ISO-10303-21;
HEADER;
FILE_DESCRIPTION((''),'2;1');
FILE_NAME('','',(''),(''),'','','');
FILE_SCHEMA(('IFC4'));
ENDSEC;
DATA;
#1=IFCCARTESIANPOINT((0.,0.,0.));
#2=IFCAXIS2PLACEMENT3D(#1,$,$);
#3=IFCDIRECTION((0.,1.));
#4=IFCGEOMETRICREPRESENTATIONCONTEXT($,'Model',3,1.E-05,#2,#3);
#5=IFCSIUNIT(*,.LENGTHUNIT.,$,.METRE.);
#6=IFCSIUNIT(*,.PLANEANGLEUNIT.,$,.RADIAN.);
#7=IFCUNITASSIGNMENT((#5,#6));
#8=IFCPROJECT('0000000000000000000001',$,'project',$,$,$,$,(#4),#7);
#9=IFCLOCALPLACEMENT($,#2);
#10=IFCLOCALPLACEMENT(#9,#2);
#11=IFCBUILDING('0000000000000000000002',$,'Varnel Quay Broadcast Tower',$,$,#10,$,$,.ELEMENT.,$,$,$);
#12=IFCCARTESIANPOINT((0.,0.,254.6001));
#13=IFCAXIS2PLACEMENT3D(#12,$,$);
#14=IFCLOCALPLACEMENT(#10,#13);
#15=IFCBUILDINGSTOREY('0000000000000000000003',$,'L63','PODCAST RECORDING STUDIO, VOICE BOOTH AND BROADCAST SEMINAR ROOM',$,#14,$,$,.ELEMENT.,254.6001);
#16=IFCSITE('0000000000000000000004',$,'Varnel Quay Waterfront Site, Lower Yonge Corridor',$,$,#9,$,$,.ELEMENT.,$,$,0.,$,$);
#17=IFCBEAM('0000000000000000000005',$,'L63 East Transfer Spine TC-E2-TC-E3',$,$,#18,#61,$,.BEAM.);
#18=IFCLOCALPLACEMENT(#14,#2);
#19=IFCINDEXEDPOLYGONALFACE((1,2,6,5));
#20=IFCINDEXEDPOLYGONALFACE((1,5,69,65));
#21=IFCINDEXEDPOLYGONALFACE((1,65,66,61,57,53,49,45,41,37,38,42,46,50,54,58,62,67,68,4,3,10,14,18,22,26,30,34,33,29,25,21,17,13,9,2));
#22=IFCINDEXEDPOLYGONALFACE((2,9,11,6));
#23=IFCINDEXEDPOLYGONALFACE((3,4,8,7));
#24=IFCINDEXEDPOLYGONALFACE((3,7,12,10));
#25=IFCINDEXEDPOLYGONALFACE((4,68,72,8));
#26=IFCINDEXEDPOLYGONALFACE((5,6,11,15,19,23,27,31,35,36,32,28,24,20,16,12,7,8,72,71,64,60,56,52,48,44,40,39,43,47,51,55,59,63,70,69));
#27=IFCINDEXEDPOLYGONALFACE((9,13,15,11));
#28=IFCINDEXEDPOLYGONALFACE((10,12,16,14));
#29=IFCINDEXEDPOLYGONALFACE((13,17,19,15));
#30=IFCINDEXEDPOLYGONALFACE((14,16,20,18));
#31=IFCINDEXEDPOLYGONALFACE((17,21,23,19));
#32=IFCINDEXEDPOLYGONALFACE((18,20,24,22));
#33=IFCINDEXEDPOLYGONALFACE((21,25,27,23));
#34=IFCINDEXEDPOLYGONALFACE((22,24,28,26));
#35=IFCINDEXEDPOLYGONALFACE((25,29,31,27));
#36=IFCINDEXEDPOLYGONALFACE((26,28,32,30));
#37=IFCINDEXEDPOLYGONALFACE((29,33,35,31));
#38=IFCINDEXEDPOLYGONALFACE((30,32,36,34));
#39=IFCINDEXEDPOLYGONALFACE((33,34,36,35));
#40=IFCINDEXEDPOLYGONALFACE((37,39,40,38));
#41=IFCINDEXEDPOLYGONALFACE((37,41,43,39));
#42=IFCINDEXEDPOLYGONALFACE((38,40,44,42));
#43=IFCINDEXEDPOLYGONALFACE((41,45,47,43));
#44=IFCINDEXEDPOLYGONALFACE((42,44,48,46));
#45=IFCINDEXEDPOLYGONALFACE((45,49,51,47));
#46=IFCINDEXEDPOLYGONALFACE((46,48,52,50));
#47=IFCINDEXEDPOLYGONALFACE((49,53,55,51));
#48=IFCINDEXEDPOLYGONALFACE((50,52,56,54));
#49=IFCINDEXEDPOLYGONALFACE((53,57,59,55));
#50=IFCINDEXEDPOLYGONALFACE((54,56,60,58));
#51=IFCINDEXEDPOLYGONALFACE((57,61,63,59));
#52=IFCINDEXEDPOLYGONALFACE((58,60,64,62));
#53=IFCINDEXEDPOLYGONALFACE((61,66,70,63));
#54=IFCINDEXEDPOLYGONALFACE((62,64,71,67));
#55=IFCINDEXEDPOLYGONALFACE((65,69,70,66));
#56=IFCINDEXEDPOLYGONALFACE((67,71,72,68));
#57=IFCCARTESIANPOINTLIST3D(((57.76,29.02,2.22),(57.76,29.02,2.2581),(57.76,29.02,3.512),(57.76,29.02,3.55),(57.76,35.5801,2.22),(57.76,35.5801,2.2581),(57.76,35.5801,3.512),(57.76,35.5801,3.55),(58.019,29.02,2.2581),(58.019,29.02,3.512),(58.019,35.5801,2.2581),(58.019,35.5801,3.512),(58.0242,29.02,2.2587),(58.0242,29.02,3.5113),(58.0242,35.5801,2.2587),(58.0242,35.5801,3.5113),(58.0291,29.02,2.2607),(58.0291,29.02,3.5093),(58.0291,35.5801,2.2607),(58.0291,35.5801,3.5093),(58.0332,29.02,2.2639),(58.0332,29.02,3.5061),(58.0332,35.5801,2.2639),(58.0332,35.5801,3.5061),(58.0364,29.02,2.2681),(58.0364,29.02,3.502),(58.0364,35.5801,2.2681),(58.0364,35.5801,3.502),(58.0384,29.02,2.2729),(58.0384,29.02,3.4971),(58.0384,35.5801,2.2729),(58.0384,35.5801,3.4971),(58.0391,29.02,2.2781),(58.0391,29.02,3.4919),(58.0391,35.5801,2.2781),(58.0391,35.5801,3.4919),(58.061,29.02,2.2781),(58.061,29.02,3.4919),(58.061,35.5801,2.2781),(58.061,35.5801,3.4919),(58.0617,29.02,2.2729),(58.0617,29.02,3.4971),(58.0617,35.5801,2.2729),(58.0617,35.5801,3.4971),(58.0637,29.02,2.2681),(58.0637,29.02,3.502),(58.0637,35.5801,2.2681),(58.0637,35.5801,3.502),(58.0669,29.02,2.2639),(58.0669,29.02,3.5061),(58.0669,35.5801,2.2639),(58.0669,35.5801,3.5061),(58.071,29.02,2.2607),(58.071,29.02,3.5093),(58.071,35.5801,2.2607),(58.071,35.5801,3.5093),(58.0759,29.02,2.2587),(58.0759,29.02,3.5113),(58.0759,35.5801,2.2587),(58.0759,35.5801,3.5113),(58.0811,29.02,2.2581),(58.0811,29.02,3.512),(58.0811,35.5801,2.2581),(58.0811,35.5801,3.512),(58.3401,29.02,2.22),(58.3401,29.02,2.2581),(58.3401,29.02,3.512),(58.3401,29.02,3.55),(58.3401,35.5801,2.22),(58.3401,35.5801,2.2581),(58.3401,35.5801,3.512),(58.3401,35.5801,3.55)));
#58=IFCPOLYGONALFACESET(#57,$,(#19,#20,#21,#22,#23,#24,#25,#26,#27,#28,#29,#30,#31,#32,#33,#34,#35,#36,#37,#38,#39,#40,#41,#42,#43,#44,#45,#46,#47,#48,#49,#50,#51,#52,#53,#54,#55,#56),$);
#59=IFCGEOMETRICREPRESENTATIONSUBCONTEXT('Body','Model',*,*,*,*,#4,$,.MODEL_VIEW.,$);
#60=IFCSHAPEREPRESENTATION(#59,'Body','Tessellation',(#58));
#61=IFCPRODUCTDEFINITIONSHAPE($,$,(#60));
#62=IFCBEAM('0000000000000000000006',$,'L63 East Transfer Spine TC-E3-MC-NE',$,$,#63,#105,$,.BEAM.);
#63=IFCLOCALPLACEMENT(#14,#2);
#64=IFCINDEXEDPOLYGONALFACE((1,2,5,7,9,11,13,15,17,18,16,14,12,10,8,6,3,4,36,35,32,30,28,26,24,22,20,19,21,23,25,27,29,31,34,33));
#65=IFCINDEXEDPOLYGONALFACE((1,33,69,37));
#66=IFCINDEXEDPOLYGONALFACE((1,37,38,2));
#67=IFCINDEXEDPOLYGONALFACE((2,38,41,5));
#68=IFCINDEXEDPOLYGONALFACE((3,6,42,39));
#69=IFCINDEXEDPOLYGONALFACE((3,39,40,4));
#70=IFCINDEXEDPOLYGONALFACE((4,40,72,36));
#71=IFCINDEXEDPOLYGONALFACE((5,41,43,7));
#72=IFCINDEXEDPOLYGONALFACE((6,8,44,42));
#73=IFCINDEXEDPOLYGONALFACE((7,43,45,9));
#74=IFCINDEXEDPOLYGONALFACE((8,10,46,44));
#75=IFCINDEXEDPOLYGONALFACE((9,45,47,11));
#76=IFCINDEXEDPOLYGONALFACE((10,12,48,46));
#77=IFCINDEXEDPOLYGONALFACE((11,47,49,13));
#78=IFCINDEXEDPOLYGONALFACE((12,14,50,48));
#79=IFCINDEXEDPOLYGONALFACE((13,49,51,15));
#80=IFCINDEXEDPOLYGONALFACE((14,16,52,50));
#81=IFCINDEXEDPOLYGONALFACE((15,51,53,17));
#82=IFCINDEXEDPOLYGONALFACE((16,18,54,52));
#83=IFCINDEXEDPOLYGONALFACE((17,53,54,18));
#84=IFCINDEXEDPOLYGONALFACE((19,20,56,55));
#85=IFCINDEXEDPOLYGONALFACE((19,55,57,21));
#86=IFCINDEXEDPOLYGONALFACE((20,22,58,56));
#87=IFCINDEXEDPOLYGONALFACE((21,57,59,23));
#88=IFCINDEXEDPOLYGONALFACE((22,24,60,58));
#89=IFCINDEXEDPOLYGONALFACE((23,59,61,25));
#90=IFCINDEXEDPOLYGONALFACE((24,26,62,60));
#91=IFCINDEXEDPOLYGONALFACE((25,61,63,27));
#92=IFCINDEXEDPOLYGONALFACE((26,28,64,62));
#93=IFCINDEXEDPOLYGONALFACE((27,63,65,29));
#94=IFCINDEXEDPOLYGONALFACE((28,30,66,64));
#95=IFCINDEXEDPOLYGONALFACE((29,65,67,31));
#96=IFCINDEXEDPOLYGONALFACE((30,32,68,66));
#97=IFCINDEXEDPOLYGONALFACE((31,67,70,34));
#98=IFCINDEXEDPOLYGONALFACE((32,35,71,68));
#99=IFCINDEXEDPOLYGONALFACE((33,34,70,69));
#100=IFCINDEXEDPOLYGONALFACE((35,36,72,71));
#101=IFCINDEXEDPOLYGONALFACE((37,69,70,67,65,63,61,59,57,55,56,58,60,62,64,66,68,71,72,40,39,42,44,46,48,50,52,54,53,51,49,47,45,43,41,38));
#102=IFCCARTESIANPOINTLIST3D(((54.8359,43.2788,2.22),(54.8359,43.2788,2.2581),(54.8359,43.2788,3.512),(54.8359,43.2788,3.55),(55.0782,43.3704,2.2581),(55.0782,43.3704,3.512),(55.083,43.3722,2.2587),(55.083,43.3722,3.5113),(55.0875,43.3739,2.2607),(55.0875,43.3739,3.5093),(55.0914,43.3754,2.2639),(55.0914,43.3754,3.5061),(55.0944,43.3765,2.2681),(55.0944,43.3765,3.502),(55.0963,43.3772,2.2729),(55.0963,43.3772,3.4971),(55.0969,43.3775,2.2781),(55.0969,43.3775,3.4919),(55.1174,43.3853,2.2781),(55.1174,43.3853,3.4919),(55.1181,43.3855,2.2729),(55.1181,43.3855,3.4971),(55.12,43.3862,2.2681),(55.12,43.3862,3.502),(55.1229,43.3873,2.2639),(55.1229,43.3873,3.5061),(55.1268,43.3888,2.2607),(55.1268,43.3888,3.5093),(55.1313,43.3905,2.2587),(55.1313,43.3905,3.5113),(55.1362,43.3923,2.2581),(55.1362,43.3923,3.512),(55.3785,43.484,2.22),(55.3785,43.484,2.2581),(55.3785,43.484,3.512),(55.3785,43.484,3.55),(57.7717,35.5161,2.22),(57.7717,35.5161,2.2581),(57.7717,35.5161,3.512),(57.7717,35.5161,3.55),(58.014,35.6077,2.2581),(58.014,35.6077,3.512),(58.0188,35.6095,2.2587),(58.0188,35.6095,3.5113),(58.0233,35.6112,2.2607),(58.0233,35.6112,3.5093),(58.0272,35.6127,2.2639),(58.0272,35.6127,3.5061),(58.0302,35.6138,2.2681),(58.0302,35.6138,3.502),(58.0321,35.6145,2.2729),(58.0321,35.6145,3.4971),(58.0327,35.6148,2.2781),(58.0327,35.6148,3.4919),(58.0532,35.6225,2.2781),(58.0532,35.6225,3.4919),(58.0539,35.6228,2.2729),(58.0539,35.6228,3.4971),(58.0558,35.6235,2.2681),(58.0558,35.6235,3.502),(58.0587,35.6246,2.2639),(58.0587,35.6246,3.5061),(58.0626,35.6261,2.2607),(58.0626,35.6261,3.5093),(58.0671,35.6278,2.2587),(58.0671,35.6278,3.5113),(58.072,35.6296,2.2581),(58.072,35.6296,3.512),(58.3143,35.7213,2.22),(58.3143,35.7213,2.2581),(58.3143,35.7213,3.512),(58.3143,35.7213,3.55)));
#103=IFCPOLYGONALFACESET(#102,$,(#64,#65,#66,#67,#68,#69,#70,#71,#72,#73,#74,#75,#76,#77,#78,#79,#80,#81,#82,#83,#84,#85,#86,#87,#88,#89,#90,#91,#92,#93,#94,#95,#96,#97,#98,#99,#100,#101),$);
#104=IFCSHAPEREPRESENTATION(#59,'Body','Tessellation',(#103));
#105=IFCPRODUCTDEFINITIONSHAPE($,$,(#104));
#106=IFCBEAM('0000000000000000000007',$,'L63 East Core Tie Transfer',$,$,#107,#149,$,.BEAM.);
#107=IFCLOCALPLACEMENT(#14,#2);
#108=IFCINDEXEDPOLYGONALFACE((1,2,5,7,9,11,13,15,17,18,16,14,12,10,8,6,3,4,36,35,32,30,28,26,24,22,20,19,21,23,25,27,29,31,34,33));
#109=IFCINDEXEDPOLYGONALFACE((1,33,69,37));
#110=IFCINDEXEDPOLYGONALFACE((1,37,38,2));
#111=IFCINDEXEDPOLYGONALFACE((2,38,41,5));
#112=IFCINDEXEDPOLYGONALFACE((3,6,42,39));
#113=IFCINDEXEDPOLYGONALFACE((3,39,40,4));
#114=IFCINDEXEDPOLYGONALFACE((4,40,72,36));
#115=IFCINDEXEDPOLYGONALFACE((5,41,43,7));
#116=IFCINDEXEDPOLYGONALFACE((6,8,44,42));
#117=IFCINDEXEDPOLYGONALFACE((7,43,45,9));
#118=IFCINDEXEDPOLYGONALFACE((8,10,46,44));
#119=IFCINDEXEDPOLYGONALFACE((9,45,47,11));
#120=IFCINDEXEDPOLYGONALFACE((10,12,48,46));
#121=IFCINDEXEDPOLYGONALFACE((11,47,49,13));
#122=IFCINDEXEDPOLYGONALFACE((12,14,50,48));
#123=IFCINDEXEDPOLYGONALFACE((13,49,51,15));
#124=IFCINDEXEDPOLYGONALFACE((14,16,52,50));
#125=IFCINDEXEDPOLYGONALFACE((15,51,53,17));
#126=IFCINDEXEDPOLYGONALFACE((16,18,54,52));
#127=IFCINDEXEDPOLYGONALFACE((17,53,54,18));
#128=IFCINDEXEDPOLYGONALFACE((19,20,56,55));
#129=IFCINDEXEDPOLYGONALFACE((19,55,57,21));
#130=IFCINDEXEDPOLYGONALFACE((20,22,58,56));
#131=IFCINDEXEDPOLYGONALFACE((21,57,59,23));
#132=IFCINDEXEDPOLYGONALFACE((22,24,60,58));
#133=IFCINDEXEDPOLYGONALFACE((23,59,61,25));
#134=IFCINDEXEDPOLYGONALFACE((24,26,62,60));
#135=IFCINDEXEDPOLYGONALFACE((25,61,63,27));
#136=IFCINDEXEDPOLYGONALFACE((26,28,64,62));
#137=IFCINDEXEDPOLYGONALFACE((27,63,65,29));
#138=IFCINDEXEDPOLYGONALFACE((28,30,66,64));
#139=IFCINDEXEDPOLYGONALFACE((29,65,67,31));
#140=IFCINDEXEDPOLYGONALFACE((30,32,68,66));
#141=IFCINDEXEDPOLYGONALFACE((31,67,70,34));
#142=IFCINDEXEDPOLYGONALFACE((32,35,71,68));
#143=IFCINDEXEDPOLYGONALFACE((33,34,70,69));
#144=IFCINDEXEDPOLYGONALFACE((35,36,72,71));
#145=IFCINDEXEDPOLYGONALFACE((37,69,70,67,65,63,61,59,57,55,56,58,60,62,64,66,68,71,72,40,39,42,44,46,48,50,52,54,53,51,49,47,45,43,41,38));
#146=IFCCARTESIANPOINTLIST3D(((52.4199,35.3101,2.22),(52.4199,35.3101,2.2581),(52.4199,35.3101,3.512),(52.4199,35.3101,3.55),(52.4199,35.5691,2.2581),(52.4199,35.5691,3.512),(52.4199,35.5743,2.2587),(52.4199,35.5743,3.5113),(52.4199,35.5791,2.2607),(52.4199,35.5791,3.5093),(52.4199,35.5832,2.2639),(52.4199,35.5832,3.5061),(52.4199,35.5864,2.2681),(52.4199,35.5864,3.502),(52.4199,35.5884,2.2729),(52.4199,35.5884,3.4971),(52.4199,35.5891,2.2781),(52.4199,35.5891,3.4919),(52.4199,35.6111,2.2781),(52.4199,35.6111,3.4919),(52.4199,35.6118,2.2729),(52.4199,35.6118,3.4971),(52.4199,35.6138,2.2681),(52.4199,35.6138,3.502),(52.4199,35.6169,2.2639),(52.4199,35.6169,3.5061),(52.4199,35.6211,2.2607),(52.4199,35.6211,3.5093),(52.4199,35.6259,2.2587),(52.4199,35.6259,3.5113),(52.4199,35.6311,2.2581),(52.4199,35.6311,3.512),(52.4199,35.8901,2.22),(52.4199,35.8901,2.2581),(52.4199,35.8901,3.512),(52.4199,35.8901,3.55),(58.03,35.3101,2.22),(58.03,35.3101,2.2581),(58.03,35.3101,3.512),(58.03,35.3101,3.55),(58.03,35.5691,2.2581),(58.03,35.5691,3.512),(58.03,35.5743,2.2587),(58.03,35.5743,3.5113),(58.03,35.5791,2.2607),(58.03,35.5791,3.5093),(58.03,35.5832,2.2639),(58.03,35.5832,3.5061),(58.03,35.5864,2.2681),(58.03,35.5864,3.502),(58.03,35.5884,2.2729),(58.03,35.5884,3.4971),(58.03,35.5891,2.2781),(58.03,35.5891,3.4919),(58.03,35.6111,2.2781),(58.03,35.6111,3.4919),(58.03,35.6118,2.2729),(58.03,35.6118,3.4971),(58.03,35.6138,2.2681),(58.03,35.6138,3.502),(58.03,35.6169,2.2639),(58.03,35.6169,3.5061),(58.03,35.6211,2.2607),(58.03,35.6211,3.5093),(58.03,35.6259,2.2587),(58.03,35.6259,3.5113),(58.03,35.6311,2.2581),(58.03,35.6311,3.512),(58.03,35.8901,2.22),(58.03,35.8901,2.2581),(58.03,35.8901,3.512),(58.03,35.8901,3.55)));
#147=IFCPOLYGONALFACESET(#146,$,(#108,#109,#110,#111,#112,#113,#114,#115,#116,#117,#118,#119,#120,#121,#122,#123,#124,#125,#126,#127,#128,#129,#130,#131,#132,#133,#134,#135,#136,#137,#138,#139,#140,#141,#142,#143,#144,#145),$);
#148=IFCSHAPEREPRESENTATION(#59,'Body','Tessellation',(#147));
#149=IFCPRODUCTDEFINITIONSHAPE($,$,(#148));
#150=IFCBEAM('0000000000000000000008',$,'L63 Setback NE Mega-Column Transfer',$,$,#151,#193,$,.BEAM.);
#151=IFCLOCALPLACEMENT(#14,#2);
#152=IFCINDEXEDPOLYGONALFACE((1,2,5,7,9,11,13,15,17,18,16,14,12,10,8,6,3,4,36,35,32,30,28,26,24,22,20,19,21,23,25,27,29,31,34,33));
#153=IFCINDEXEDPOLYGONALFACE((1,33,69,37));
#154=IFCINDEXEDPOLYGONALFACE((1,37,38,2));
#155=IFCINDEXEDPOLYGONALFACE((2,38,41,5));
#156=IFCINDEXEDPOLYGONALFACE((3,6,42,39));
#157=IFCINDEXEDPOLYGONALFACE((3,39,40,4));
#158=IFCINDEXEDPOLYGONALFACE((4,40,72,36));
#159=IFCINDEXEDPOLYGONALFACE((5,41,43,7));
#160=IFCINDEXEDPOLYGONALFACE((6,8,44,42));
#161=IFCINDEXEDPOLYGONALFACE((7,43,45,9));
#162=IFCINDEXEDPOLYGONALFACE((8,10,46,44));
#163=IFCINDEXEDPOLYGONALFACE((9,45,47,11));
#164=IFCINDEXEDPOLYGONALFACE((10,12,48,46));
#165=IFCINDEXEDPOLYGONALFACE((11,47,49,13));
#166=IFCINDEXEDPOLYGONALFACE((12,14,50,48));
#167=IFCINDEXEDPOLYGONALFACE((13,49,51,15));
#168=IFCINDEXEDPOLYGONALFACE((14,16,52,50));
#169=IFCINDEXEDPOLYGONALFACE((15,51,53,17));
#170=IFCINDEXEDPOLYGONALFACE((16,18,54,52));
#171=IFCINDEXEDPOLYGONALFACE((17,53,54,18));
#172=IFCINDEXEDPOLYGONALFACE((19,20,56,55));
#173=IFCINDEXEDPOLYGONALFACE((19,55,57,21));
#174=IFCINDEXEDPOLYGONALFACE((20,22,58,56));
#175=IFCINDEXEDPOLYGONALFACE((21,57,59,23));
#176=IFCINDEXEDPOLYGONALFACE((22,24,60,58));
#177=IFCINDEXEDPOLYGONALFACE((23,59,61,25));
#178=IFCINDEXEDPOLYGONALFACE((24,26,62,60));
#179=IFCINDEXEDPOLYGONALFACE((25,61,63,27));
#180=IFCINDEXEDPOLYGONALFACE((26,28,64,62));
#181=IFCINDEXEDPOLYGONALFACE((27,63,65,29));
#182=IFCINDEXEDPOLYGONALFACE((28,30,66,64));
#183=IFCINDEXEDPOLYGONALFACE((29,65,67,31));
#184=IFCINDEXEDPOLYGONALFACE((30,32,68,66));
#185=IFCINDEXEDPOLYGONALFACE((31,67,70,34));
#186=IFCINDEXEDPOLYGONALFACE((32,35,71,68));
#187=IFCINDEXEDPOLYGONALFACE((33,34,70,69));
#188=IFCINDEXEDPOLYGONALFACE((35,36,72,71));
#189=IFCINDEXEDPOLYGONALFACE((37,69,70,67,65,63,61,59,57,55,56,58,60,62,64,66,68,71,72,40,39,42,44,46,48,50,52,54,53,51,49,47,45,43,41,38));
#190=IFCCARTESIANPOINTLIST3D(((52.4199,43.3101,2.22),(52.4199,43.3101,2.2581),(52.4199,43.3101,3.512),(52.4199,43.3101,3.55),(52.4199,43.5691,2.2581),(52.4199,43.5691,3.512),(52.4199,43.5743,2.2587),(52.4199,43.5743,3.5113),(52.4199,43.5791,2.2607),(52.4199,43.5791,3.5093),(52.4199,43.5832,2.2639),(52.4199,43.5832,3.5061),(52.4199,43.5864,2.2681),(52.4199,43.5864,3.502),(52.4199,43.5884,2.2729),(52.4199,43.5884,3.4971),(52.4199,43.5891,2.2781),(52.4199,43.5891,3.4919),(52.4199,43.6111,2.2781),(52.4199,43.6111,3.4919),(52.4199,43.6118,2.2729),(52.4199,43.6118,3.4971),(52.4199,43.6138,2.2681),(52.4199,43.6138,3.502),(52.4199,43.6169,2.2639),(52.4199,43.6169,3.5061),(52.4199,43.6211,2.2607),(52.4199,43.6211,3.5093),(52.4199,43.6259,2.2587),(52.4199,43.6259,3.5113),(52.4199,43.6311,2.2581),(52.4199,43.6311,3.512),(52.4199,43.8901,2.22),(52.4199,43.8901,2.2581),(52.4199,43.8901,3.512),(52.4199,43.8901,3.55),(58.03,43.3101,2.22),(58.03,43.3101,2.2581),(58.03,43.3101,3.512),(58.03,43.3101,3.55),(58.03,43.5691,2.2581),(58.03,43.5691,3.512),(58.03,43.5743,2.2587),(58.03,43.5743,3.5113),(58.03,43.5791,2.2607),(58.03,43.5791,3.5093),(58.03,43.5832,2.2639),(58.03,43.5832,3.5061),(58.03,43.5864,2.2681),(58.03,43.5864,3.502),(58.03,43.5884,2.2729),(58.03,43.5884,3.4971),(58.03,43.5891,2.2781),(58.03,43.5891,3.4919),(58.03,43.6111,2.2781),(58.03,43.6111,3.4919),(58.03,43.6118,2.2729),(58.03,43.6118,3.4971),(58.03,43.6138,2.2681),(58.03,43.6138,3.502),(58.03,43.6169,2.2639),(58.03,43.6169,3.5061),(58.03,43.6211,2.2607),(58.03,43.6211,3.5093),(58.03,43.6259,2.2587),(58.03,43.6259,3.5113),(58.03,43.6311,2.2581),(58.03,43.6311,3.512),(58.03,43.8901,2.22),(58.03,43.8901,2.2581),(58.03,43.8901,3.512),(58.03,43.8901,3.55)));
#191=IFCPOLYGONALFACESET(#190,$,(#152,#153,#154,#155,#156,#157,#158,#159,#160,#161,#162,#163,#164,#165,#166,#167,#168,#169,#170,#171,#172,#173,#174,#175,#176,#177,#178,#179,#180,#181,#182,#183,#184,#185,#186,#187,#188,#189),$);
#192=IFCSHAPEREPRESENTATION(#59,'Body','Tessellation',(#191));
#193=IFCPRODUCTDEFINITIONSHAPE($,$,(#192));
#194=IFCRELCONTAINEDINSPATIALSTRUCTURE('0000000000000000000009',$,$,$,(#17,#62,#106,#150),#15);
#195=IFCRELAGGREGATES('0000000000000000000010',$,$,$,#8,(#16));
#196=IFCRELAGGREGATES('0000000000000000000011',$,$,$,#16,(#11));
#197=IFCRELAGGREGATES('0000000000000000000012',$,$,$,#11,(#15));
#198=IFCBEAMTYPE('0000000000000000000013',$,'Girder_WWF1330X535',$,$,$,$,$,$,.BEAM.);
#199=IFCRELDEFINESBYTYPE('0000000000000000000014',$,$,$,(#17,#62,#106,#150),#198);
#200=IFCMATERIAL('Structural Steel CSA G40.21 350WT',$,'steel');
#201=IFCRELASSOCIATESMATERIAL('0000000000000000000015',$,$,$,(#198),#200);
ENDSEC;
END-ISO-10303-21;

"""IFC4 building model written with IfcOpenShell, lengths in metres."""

from ifc_helpers import new_model, si_unit, direction, frame, origin, origin_2d, place, context, subcontext, project, spatial, i_section, extrude, source, transform, mapped, material, material_profile, profile_set, type_object, element, save


model = new_model("IFC4")

# Units and contexts
model_context = context("Model", 3, precision=1e-05, world=origin(), true_north=direction((0.0, 1.0)))
body_context = subcontext(model_context, "Body", "Model", "MODEL_VIEW")
ifc_project = project(units=[si_unit("LENGTHUNIT", "METRE"), si_unit("PLANEANGLEUNIT", "RADIAN")], contexts=[model_context])

# Site, building, storey
site_placement = place(None, origin())
site = spatial("IfcSite", under=ifc_project, at=site_placement, Name="Varnel Quay Waterfront Site, Lower Yonge Corridor", CompositionType="ELEMENT", RefElevation=0.0)
building_placement = place(site_placement, origin())
building = spatial("IfcBuilding", under=site, at=building_placement, Name="Varnel Quay Broadcast Tower", CompositionType="ELEMENT")
storey_placement = place(building_placement, frame((0.0, 0.0, 254.6001)))
storey = spatial("IfcBuildingStorey", under=building, at=storey_placement, Name="L63", Description="PODCAST RECORDING STUDIO, VOICE BOOTH AND BROADCAST SEMINAR ROOM", CompositionType="ELEMENT", Elevation=254.6001)

# Shared definitions
ifc_material_1 = material(Name="Structural Steel CSA G40.21 350WT", Category="steel")

# Beams
ifc_material_profile_1 = material_profile(ifc_material_1, i_section(OverallWidth=0.5801, OverallDepth=1.3301, WebThickness=0.022, FlangeThickness=0.0381, FilletRadius=0.02, at=origin_2d()), Name="WWF1330X535")
ifc_profile_set_1 = profile_set([ifc_material_profile_1], Name="Structural Steel CSA G40.21 350WT")
beam_type = type_object("IfcBeamType", Name="Girder_WWF1330X535", PredefinedType="BEAM", material=ifc_profile_set_1)
shared_shape_1 = source(origin(), body_context, "Body", "SweptSolid", [
    extrude(i_section(OverallWidth=0.5801, OverallDepth=1.3301, WebThickness=0.022, FlangeThickness=0.0381, FilletRadius=0.02, at=origin_2d()), origin(), (0.0, 0.0, 1.0), 6.5601),
])
beam_1_placement = place(storey_placement, frame((58.05, 29.02, 2.885), z_axis=(0.0, 1.0, 0.0), x_axis=(-1.0, 0.0, 0.0)))
element("IfcBeam", 1, at=beam_1_placement, inside=storey, type_object=beam_type, Name="L63 East Transfer Spine TC-E2-TC-E3", PredefinedType="BEAM", context=body_context, shape_type="MappedRepresentation", body=[
    mapped(shared_shape_1, transform((0.0, 0.0, 0.0), x_axis=(1.0, 0.0, 0.0), y_axis=(0.0, 1.0, 0.0), z_axis=(0.0, 0.0, 1.0), scale=1.0)),
])
shared_shape_2 = source(origin(), body_context, "Body", "SweptSolid", [
    extrude(i_section(OverallWidth=0.5801, OverallDepth=1.3301, WebThickness=0.022, FlangeThickness=0.0381, FilletRadius=0.02, at=origin_2d()), origin(), (0.0, 0.0, 1.0), 8.2993),
])
beam_2_placement = place(storey_placement, frame((58.043, 35.6187, 2.885), z_axis=(-0.35374, 0.935344, 0.0), x_axis=(-0.935344, -0.35374, 0.0)))
element("IfcBeam", 2, at=beam_2_placement, inside=storey, type_object=beam_type, Name="L63 East Transfer Spine TC-E3-MC-NE", PredefinedType="BEAM", context=body_context, shape_type="MappedRepresentation", body=[
    mapped(shared_shape_2, transform((0.0, 0.0, 0.0), x_axis=(1.0, 0.0, 0.0), y_axis=(0.0, 1.0, 0.0), z_axis=(0.0, 0.0, 1.0), scale=1.0)),
])
shared_shape_3 = source(origin(), body_context, "Body", "SweptSolid", [
    extrude(i_section(OverallWidth=0.5801, OverallDepth=1.3301, WebThickness=0.022, FlangeThickness=0.0381, FilletRadius=0.02, at=origin_2d()), origin(), (0.0, 0.0, 1.0), 5.6101),
])
for number, where, z_axis, x_axis, name in (
    (3, (52.4199, 35.6001, 2.885), (1.0, 0.0, 0.0), (0.0, 1.0, 0.0), "L63 East Core Tie Transfer"),
    (4, (52.4199, 43.6001, 2.885), (1.0, 0.0, 0.0), (0.0, 1.0, 0.0), "L63 Setback NE Mega-Column Transfer"),
):
    element("IfcBeam", number, at=place(storey_placement, frame(where, z_axis=z_axis, x_axis=x_axis)), inside=storey, type_object=beam_type, Name=name, PredefinedType="BEAM", context=body_context, shape_type="MappedRepresentation", body=[
        mapped(shared_shape_3, transform((0.0, 0.0, 0.0), x_axis=(1.0, 0.0, 0.0), y_axis=(0.0, 1.0, 0.0), z_axis=(0.0, 0.0, 1.0), scale=1.0)),
    ])

save(model, "model.ifc")
